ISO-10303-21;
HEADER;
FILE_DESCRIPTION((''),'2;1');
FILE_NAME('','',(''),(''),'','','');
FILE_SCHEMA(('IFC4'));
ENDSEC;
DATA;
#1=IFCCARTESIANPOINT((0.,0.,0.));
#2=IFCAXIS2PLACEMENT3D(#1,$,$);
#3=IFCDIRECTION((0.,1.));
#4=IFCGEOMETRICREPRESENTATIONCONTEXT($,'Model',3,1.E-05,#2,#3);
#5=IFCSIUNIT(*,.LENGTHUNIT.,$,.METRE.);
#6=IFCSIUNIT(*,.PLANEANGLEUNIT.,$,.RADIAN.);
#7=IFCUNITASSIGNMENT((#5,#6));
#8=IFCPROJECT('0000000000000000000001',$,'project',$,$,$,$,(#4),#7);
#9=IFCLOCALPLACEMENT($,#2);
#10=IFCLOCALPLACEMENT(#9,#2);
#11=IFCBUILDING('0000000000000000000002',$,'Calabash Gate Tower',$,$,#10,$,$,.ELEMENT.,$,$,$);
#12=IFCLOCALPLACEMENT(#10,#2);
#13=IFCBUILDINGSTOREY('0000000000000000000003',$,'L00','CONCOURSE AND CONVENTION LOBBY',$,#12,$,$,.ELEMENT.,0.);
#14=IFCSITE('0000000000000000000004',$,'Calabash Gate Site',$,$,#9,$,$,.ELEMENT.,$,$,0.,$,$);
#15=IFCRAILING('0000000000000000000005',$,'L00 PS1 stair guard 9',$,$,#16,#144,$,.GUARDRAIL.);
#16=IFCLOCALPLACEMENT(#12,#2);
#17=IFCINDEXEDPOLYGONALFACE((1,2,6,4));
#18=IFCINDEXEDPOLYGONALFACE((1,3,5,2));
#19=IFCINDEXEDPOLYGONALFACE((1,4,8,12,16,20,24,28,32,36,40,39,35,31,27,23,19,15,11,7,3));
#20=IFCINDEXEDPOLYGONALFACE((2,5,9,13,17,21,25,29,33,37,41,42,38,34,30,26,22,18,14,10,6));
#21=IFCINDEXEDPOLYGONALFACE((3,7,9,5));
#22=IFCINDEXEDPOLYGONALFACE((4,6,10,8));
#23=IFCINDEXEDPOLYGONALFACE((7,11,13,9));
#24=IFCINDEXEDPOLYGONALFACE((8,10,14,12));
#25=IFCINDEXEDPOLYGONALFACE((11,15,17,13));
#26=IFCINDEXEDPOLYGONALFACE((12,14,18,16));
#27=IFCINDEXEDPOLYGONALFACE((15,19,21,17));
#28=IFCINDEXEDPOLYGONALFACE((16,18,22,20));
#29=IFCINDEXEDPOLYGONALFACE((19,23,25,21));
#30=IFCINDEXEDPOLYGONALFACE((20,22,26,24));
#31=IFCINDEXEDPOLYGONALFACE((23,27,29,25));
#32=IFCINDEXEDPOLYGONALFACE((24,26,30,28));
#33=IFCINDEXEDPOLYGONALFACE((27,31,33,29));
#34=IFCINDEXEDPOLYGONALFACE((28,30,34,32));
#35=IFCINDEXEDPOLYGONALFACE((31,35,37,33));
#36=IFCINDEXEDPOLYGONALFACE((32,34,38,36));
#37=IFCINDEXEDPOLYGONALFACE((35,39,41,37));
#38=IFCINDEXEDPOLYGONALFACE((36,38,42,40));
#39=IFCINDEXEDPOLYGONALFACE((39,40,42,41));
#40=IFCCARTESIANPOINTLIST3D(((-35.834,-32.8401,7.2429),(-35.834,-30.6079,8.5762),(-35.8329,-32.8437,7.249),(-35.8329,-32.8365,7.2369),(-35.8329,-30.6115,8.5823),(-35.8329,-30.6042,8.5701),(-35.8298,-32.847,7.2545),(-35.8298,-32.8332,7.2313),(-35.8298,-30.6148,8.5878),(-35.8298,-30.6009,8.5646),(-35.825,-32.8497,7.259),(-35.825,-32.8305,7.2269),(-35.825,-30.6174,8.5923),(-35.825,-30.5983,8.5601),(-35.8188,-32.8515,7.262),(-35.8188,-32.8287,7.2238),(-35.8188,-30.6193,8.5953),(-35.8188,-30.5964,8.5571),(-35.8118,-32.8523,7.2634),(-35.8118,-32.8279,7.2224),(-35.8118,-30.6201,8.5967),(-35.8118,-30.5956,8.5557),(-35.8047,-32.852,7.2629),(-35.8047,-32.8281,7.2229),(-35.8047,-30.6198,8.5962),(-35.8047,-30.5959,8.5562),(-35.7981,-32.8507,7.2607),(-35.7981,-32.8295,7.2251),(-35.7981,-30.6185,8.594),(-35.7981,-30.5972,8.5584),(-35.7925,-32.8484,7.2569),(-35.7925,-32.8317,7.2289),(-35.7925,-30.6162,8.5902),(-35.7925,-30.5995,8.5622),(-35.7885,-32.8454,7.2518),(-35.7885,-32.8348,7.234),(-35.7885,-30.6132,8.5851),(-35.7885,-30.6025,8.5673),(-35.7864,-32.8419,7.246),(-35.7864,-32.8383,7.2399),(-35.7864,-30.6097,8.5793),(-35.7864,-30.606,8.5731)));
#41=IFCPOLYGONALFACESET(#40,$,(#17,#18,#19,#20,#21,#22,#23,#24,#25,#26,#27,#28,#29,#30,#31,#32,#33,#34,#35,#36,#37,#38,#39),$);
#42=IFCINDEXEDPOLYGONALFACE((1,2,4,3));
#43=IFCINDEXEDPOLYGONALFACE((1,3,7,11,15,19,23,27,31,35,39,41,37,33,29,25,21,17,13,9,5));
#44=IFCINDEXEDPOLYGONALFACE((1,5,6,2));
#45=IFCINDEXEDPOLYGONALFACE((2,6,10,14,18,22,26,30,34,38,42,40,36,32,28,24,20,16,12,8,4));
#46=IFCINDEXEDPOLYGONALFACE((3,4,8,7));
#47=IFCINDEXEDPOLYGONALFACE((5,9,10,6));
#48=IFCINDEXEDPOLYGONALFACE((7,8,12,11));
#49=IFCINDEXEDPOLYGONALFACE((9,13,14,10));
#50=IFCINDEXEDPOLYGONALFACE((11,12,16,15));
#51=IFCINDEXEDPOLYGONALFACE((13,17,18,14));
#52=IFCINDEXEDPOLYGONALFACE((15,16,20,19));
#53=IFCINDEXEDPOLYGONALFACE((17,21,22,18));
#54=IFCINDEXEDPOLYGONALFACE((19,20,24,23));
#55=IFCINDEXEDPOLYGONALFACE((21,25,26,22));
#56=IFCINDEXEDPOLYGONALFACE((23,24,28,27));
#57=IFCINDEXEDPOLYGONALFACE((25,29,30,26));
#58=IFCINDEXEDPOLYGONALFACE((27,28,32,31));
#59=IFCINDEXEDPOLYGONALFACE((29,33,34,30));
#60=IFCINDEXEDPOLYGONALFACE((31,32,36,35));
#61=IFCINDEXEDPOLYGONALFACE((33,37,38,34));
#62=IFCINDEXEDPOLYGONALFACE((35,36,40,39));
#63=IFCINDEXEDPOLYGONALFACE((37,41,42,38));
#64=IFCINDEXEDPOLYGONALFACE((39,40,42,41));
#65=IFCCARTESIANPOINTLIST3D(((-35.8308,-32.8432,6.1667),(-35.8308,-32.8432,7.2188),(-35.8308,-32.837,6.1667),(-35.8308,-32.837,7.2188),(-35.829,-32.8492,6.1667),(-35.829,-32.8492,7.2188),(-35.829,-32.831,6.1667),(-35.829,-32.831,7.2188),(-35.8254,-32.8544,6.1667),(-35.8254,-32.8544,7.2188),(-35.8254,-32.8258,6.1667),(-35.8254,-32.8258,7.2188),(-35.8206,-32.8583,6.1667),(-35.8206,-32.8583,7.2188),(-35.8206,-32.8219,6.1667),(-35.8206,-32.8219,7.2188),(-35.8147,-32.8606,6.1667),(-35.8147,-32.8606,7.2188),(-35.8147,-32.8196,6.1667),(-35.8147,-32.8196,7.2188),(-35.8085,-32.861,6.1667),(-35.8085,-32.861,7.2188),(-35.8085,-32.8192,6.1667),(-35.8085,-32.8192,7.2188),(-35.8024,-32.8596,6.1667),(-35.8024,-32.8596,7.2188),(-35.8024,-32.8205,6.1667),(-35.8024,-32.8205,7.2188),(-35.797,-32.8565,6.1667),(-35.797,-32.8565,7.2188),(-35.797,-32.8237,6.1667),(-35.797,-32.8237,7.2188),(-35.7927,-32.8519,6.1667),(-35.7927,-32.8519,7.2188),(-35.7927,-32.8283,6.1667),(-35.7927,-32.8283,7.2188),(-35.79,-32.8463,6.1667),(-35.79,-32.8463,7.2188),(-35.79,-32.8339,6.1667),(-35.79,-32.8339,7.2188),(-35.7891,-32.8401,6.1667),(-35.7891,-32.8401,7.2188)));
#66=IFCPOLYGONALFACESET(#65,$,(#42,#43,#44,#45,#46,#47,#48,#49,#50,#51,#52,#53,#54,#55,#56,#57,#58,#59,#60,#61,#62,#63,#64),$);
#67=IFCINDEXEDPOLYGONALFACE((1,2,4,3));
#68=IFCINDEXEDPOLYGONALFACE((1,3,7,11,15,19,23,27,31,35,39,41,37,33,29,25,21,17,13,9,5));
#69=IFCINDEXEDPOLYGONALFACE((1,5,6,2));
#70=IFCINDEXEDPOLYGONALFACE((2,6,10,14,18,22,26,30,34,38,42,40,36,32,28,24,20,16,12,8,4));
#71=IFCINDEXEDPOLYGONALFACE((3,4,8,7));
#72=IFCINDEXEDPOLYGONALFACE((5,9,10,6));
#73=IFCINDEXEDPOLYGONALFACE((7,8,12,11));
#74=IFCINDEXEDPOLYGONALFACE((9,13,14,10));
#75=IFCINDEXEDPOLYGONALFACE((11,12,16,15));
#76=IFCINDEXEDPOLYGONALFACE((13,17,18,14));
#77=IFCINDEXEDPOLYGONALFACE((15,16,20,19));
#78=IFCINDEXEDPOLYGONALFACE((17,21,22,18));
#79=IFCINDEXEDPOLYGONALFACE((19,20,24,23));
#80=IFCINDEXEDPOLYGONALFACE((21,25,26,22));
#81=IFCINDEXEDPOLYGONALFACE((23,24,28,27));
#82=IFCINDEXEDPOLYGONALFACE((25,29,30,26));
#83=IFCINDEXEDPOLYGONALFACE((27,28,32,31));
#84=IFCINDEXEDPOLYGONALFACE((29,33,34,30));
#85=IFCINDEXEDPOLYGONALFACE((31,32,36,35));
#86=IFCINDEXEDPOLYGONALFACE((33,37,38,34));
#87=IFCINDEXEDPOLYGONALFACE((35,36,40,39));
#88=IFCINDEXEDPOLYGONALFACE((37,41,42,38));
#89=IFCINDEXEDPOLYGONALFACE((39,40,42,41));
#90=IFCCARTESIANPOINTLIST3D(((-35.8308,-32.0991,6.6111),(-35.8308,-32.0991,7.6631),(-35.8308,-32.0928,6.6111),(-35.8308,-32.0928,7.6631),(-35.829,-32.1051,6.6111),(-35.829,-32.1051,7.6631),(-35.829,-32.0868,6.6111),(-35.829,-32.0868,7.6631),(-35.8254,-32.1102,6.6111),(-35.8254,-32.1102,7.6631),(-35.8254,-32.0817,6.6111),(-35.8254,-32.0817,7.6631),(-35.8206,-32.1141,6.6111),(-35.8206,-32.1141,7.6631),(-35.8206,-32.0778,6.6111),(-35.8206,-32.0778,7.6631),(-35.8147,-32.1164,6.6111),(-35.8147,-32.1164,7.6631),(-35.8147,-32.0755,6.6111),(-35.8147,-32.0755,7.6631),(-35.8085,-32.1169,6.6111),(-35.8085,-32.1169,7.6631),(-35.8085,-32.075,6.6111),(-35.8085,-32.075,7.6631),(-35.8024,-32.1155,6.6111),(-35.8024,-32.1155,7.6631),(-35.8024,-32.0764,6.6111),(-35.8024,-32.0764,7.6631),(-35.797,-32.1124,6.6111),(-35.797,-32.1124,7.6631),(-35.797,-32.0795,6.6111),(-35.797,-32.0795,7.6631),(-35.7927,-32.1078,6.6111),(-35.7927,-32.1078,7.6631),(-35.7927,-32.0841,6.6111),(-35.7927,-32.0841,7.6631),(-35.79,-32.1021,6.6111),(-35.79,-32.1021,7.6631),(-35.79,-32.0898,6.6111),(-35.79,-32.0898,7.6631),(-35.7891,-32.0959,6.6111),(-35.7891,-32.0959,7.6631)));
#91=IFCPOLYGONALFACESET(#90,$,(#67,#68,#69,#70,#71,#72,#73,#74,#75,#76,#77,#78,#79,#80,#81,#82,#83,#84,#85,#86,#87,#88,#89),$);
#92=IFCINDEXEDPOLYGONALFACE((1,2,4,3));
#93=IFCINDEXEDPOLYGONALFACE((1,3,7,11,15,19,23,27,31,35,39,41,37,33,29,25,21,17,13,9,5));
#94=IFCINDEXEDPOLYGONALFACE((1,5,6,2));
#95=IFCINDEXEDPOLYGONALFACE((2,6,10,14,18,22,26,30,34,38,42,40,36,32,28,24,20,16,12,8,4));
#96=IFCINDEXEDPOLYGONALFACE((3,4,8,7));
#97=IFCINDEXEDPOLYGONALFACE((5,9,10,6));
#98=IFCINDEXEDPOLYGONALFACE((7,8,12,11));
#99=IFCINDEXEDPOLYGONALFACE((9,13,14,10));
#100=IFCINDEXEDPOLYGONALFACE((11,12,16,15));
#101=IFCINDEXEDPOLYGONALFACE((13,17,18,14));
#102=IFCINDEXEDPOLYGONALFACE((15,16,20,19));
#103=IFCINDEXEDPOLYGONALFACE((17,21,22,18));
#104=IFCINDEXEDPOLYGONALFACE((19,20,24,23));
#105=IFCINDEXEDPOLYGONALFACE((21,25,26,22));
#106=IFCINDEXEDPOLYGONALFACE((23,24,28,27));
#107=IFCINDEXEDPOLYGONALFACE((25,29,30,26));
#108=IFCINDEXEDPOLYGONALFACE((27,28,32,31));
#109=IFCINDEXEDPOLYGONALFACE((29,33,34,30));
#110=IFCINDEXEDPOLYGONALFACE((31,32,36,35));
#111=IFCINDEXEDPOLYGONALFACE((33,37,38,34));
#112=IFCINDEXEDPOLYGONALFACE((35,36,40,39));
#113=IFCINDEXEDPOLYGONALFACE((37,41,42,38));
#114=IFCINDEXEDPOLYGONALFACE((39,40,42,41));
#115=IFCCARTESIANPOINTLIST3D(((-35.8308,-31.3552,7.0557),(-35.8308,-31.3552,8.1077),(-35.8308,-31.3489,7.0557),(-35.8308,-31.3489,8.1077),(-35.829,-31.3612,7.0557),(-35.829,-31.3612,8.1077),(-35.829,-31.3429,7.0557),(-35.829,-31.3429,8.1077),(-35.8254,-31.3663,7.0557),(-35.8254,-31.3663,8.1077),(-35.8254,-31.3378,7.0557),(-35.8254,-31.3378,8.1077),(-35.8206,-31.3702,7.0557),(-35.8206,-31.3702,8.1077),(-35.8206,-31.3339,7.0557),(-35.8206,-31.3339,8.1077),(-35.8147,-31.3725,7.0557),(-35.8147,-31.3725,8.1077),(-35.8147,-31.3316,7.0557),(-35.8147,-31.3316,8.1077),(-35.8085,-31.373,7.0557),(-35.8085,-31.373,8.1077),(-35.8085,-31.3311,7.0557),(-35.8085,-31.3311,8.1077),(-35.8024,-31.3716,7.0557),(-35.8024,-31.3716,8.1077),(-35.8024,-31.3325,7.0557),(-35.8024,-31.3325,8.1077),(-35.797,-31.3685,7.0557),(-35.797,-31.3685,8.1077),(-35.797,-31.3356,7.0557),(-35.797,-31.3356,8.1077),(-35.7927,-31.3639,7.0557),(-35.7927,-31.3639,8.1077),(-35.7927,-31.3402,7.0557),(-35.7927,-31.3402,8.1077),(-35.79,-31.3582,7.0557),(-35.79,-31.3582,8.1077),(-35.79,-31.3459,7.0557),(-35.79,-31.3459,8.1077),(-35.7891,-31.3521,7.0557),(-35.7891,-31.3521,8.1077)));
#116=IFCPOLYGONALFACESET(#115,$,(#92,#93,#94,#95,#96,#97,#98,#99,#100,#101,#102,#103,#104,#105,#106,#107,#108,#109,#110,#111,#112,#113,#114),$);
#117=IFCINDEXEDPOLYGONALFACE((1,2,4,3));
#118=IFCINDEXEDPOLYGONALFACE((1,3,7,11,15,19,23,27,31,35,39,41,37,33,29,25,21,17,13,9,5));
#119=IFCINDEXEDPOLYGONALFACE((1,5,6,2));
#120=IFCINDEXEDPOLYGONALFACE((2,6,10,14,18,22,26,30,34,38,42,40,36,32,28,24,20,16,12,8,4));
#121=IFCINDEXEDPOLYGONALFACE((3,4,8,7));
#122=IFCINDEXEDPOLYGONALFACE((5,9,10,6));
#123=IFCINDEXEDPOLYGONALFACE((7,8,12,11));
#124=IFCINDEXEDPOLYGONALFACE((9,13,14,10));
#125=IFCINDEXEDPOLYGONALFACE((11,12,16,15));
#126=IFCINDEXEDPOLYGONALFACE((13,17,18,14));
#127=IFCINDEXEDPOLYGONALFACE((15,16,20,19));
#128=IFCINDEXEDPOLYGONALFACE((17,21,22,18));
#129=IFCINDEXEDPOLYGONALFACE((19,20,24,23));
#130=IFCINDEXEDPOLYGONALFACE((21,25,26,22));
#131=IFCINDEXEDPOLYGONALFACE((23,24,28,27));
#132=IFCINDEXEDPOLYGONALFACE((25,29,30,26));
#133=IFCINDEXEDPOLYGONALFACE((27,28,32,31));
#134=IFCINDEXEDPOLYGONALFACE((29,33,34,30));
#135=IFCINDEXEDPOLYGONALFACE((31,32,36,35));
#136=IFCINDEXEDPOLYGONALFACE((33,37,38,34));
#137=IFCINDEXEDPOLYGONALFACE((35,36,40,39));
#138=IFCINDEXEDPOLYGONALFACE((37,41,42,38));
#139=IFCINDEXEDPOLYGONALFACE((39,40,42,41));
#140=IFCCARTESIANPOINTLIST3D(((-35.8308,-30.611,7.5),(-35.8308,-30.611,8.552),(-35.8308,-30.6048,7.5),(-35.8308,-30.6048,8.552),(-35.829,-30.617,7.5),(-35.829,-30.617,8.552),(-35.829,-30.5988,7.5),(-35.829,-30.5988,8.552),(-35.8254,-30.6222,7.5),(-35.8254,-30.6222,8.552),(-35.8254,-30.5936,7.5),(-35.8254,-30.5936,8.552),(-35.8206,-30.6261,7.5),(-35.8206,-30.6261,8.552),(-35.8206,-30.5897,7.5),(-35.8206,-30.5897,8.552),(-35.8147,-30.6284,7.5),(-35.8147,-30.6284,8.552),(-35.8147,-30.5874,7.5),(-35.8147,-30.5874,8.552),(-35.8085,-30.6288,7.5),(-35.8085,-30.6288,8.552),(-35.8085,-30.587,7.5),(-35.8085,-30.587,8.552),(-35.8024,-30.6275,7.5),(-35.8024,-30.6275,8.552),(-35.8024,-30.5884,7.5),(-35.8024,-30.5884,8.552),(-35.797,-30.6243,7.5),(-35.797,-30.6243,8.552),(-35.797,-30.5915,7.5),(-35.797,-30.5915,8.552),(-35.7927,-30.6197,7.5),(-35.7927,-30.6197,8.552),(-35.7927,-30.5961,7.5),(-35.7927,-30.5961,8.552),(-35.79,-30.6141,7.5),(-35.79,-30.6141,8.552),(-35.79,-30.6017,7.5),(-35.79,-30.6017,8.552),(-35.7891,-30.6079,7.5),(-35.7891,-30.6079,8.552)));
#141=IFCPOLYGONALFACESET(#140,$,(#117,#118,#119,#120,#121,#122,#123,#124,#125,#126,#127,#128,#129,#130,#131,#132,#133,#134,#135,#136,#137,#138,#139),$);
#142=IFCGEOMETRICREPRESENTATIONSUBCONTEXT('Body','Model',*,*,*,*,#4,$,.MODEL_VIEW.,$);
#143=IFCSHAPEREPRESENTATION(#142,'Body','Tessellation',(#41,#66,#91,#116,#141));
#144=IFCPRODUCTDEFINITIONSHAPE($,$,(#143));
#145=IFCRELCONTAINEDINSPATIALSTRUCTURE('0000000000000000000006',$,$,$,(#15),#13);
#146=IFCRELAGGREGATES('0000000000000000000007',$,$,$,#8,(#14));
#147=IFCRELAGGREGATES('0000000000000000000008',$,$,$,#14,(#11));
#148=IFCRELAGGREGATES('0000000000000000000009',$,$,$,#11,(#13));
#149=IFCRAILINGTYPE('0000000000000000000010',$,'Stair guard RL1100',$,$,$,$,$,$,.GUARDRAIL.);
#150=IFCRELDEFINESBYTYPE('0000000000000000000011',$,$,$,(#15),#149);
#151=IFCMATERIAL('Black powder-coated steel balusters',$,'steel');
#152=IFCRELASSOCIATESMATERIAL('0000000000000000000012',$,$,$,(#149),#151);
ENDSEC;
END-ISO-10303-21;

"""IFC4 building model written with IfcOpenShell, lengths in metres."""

from ifc_helpers import new_model, si_unit, direction, frame, origin, origin_2d, place, context, subcontext, project, spatial, circle, extrude, material, type_object, element, save


model = new_model("IFC4")

# Units and contexts
model_context = context("Model", 3, precision=1e-05, world=origin(), true_north=direction((0.0, 1.0)))
body_context = subcontext(model_context, "Body", "Model", "MODEL_VIEW")
ifc_project = project(units=[si_unit("LENGTHUNIT", "METRE"), si_unit("PLANEANGLEUNIT", "RADIAN")], contexts=[model_context])

# Site, building, storey
site_placement = place(None, origin())
site = spatial("IfcSite", under=ifc_project, at=site_placement, Name="Calabash Gate Site", CompositionType="ELEMENT", RefElevation=0.0)
building_placement = place(site_placement, origin())
building = spatial("IfcBuilding", under=site, at=building_placement, Name="Calabash Gate Tower", CompositionType="ELEMENT")
storey_placement = place(building_placement, origin())
storey = spatial("IfcBuildingStorey", under=building, at=storey_placement, Name="L00", Description="CONCOURSE AND CONVENTION LOBBY", CompositionType="ELEMENT", Elevation=0.0)

# Railing
ifc_material_1 = material(Name="Black powder-coated steel balusters", Category="steel")
railing_type_1 = type_object("IfcRailingType", Name="Stair guard RL1100", PredefinedType="GUARDRAIL", material=ifc_material_1)
railing_1_placement = place(storey_placement, frame((-35.8101, -32.8401, 6.1667)))
element("IfcRailing", 1, at=railing_1_placement, inside=storey, type_object=railing_type_1, Name="L00 PS1 stair guard 9", PredefinedType="GUARDRAIL", context=body_context, shape_type="SweptSolid", body=[
    extrude(circle(Radius=0.0239, at=origin_2d()), frame((0.0, 0.0, 1.0762), z_axis=(0.0, 0.858519, 0.512782), x_axis=(-1.0, 0.0, 0.0)), (0.0, 0.0, 1.0), 2.6001),
    extrude(circle(Radius=0.021, at=origin_2d()), origin(), (0.0, 0.0, 1.0), 1.052),
    extrude(circle(Radius=0.021, at=origin_2d()), frame((0.0, 0.7441, 0.4443)), (0.0, 0.0, 1.0), 1.052),
    extrude(circle(Radius=0.021, at=origin_2d()), frame((0.0, 1.488, 0.8889)), (0.0, 0.0, 1.0), 1.052),
    extrude(circle(Radius=0.021, at=origin_2d()), frame((0.0, 2.2322, 1.3333)), (0.0, 0.0, 1.0), 1.052),
])

save(model, "model.ifc")
